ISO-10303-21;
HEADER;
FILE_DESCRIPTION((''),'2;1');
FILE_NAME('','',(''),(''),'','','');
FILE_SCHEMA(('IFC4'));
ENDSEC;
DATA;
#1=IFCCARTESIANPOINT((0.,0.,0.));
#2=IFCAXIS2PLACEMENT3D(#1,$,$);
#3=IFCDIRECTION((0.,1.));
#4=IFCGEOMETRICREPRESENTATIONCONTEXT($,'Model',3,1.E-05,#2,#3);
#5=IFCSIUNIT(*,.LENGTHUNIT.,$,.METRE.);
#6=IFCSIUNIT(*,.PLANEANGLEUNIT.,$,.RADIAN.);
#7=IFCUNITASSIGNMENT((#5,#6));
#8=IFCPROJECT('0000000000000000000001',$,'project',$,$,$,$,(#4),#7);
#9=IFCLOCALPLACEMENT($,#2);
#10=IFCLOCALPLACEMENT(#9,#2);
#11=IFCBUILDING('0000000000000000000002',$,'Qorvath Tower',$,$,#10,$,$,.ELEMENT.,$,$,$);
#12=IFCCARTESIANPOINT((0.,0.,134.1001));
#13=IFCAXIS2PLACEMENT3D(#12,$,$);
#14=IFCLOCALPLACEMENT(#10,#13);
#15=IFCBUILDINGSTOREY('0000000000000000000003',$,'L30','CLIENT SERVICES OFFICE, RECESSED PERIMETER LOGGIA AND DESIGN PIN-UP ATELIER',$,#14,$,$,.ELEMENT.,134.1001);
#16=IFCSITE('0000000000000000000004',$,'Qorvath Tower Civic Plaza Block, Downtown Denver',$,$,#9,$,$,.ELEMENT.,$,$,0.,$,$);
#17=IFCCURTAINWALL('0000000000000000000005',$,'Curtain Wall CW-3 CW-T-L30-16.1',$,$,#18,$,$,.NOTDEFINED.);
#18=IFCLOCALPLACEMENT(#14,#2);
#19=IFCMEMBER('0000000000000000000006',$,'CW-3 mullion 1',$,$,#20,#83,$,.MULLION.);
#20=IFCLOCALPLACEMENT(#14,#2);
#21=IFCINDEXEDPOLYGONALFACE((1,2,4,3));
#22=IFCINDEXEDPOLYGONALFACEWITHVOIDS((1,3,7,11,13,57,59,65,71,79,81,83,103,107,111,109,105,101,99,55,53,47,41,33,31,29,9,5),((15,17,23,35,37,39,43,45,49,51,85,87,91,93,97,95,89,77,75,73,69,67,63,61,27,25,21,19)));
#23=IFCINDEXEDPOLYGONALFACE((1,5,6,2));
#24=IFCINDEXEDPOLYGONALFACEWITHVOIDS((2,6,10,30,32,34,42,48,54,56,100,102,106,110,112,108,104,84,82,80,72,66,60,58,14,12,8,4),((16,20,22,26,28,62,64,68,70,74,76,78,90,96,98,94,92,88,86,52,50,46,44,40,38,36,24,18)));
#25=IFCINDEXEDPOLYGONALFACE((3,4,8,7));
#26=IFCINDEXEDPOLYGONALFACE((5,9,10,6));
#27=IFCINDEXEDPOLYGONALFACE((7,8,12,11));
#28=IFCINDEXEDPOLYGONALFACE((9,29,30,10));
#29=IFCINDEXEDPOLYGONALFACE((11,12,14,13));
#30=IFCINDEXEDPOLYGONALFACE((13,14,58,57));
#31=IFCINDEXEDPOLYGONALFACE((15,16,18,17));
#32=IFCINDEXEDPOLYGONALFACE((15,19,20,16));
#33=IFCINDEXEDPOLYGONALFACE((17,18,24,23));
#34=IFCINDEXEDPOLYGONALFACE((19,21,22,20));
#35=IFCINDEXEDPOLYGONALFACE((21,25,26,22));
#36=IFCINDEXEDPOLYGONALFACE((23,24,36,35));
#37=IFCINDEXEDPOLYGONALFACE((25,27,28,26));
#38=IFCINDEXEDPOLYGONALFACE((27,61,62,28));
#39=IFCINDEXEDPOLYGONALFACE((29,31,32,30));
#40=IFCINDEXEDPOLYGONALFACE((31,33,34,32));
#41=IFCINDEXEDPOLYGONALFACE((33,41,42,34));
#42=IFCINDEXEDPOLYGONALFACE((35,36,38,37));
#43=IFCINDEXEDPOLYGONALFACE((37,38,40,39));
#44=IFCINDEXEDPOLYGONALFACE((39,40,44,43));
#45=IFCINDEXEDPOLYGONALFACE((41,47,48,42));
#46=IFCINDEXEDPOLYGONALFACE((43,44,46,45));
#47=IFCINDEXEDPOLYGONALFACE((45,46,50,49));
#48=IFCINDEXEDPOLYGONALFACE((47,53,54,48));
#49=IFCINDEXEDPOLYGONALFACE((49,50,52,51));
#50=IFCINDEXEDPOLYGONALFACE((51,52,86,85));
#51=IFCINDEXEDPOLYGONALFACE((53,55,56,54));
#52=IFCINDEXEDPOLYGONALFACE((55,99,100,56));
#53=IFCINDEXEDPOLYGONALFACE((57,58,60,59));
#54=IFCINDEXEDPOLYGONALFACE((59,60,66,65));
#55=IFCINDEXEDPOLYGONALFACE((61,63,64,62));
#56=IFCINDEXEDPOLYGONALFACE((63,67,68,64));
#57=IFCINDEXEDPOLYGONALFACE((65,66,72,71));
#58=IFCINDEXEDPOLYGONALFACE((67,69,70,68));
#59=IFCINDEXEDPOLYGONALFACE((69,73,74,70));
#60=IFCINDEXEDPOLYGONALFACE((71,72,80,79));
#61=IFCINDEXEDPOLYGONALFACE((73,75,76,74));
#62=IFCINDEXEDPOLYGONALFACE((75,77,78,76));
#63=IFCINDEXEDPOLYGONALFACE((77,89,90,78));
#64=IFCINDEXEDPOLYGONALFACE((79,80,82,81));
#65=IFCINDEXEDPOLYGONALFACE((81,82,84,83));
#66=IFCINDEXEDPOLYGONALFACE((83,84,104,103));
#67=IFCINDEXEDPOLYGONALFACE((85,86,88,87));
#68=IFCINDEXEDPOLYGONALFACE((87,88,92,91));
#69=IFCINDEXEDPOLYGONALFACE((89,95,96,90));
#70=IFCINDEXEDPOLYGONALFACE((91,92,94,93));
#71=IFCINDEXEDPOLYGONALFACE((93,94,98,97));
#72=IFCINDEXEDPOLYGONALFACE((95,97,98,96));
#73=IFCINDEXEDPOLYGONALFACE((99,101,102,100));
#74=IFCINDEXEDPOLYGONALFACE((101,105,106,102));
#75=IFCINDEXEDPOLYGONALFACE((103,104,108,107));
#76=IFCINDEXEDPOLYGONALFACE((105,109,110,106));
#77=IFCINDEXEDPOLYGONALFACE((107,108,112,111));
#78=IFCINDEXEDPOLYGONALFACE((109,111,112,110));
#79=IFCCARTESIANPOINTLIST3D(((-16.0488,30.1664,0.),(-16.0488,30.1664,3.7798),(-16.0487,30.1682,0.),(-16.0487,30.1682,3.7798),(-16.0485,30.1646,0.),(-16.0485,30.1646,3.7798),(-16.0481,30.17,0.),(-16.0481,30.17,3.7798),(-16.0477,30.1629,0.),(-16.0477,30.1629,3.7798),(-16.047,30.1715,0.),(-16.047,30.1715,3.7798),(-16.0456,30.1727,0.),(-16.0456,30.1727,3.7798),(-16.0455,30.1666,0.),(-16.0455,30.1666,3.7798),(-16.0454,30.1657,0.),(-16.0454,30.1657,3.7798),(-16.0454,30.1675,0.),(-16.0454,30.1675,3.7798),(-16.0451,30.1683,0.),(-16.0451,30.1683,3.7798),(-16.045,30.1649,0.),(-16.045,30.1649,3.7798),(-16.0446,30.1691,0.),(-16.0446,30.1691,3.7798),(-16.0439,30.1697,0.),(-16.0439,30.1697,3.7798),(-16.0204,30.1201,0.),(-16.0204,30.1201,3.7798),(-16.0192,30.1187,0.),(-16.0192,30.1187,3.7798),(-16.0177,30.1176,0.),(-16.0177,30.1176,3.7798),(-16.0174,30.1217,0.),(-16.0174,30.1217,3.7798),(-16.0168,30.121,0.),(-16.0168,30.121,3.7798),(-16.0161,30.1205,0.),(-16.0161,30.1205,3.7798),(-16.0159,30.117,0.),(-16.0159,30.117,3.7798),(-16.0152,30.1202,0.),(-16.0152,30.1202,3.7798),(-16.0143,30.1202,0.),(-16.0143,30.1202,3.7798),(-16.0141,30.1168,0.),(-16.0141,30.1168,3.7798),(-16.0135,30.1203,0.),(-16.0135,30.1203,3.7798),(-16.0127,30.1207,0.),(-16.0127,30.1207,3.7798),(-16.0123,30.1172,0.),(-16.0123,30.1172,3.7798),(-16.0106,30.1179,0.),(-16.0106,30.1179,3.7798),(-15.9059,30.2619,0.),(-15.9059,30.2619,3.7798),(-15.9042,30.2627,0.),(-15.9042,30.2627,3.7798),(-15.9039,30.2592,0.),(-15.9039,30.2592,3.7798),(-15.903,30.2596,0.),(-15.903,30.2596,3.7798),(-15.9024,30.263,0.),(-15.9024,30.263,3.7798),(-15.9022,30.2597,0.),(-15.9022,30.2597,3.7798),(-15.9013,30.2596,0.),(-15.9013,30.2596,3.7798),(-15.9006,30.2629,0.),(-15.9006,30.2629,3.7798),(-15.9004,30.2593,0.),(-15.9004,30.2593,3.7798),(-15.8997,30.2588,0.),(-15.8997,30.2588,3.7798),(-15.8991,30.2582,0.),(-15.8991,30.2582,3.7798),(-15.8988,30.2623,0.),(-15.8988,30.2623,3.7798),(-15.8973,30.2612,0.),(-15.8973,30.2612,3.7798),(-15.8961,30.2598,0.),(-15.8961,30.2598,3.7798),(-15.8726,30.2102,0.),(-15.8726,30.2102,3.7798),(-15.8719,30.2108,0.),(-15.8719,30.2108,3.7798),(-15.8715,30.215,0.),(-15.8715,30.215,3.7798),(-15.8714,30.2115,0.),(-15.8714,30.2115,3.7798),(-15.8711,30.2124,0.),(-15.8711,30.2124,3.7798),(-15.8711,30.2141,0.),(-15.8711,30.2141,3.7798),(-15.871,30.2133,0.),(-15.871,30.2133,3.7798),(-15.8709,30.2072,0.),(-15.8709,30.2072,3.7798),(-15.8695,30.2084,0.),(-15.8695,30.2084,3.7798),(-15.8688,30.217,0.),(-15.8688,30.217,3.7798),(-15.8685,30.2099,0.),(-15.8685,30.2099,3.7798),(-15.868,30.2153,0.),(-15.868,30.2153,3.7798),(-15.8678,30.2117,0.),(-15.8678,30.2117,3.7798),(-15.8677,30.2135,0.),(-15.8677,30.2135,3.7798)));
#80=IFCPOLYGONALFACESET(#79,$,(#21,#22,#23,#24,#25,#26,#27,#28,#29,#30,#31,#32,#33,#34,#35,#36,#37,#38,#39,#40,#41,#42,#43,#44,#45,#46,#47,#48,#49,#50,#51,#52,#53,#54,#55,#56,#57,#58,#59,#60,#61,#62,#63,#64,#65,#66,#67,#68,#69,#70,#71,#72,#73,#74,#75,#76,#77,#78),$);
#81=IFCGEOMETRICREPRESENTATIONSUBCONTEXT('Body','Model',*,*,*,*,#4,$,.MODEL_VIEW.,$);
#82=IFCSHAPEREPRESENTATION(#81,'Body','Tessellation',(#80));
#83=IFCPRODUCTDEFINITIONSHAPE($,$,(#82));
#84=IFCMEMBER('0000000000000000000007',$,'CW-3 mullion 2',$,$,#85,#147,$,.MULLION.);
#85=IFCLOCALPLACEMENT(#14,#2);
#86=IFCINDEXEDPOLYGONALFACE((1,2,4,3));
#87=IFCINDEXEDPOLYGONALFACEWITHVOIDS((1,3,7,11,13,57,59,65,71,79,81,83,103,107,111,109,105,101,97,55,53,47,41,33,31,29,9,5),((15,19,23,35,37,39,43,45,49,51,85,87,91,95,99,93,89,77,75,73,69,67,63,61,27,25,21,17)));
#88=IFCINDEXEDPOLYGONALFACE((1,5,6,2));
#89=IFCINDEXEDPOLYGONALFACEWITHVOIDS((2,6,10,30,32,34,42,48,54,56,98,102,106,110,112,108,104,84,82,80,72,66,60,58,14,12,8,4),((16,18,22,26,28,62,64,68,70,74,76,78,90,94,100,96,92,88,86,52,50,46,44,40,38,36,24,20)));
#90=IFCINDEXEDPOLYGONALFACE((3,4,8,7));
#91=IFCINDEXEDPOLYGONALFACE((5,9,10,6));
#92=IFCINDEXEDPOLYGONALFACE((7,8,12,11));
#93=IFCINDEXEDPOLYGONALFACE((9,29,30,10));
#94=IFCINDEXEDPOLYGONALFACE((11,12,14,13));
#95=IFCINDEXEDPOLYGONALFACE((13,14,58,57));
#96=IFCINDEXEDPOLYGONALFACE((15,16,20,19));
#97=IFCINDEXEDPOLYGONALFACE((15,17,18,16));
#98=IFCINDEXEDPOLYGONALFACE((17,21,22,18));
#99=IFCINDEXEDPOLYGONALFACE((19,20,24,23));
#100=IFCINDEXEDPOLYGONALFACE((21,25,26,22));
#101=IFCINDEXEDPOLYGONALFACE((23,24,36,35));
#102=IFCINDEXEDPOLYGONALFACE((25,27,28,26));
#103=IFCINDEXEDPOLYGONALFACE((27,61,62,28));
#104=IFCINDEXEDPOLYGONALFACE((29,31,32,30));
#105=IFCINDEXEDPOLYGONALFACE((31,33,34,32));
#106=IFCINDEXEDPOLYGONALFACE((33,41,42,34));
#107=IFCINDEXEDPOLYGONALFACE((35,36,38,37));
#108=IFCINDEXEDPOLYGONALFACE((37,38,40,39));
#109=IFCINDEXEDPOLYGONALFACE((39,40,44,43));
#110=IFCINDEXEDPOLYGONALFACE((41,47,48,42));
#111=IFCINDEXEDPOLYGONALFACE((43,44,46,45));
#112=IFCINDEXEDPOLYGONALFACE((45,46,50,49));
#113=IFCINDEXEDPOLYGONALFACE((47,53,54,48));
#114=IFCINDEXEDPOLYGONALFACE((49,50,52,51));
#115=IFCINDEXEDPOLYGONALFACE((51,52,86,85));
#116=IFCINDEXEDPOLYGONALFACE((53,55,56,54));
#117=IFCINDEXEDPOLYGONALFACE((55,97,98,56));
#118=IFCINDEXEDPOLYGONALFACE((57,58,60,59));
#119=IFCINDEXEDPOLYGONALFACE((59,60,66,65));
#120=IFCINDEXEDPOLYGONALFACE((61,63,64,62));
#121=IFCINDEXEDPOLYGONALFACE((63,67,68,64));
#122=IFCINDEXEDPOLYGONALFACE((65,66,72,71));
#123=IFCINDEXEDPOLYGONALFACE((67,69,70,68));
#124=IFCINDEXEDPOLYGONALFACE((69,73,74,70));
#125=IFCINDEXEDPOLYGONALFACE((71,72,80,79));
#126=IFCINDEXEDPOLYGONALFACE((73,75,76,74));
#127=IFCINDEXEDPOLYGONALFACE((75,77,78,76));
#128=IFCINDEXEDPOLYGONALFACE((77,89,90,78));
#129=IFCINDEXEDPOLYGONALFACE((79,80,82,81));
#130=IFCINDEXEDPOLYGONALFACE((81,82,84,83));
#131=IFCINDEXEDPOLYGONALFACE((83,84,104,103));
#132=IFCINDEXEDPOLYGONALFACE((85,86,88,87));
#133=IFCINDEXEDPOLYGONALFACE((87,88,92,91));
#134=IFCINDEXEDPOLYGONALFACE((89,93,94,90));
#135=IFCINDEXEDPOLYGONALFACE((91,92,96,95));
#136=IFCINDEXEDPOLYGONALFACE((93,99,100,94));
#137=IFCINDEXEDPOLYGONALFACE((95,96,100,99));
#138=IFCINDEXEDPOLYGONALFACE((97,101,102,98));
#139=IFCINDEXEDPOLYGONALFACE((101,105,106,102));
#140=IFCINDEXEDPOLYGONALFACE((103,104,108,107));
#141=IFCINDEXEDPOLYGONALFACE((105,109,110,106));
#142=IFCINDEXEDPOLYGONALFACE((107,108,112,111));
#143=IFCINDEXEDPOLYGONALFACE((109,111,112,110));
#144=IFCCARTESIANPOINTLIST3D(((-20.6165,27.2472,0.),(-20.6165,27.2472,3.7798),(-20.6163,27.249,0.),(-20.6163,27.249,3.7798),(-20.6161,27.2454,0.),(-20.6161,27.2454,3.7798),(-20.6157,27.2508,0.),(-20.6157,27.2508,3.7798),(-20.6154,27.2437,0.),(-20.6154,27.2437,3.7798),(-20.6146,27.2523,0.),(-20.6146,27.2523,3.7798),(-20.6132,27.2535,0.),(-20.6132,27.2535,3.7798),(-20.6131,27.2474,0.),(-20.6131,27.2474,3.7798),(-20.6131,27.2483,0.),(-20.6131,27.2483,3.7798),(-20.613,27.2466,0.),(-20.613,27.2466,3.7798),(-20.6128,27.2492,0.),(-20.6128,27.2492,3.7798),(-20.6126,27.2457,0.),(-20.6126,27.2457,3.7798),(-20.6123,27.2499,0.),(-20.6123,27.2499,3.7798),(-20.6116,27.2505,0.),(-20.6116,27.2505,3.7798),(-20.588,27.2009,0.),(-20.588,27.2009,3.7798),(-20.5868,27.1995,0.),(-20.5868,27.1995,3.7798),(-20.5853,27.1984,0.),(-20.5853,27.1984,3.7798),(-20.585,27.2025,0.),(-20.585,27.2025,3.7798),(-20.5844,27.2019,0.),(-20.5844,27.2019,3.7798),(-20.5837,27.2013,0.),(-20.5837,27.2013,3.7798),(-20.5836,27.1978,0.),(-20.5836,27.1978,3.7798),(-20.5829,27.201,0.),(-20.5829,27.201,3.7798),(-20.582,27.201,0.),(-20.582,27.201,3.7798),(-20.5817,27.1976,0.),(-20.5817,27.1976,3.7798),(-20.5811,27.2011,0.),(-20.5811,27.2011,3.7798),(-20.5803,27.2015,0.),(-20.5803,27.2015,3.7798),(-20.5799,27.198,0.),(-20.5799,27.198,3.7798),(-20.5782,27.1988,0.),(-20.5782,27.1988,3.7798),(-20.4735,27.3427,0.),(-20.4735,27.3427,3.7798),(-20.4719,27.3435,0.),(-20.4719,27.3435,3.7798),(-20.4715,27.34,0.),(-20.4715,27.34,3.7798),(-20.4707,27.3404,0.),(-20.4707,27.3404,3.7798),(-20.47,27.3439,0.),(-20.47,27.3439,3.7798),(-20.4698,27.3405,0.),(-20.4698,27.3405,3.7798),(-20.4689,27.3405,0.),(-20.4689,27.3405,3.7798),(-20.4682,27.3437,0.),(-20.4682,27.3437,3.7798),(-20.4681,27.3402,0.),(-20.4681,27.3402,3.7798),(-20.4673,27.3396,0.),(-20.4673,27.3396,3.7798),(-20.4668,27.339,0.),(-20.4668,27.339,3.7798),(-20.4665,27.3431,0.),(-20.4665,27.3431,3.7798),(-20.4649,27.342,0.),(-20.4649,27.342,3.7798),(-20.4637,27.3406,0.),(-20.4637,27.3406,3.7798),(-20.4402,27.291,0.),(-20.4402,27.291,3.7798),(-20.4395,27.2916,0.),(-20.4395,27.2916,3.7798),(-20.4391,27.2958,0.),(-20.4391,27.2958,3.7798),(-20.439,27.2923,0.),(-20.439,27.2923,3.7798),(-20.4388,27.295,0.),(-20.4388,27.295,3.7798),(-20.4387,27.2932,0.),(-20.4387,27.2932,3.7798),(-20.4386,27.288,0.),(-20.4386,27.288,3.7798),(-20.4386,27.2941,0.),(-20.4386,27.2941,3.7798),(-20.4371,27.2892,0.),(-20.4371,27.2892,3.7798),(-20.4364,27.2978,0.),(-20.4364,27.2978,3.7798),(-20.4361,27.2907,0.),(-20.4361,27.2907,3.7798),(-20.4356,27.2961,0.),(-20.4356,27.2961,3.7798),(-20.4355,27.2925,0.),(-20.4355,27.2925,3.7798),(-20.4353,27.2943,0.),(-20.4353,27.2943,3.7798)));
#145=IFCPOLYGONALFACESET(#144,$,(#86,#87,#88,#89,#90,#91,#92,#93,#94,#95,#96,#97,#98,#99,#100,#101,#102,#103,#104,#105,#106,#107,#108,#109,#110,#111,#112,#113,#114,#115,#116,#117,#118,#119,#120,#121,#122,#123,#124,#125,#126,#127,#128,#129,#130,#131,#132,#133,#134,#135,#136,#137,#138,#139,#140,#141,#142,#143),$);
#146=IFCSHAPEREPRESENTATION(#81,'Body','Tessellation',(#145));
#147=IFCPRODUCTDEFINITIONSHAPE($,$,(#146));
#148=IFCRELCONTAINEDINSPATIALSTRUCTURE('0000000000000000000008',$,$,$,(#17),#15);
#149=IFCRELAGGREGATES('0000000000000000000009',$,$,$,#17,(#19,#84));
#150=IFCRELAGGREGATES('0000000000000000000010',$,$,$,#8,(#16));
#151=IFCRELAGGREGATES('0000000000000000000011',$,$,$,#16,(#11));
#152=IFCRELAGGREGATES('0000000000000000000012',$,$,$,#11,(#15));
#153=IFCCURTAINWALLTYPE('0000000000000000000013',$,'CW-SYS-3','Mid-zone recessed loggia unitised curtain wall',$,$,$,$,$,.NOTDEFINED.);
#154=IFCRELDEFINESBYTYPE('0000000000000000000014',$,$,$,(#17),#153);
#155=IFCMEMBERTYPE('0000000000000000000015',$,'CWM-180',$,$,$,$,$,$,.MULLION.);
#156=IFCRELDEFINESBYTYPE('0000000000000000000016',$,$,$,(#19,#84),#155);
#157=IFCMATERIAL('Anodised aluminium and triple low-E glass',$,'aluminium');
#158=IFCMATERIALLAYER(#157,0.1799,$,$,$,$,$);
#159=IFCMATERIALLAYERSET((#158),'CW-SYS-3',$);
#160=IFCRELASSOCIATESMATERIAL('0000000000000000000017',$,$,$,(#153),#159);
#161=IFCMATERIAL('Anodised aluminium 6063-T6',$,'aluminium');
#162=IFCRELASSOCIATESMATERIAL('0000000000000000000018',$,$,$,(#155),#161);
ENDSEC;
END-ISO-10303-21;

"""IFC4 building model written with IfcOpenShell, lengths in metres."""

from ifc_helpers import new_model, si_unit, direction, frame, origin, origin_2d, place, context, subcontext, project, spatial, hollow_rectangle, extrude, material, layer, layer_set, material_profile, profile_set, type_object, element, aggregate, save


model = new_model("IFC4")

# Units and contexts
model_context = context("Model", 3, precision=1e-05, world=origin(), true_north=direction((0.0, 1.0)))
body_context = subcontext(model_context, "Body", "Model", "MODEL_VIEW")
ifc_project = project(units=[si_unit("LENGTHUNIT", "METRE"), si_unit("PLANEANGLEUNIT", "RADIAN")], contexts=[model_context])

# Site, building, storey
site_placement = place(None, origin())
site = spatial("IfcSite", under=ifc_project, at=site_placement, Name="Qorvath Tower Civic Plaza Block, Downtown Denver", CompositionType="ELEMENT", RefElevation=0.0)
building_placement = place(site_placement, origin())
building = spatial("IfcBuilding", under=site, at=building_placement, Name="Qorvath Tower", CompositionType="ELEMENT")
storey_placement = place(building_placement, frame((0.0, 0.0, 134.1001)))
storey = spatial("IfcBuildingStorey", under=building, at=storey_placement, Name="L30", Description="CLIENT SERVICES OFFICE, RECESSED PERIMETER LOGGIA AND DESIGN PIN-UP ATELIER", CompositionType="ELEMENT", Elevation=134.1001)

# Shared definitions
ifc_material_1 = material(Name="Anodised aluminium and triple low-E glass", Category="aluminium")
ifc_layer_1 = layer(ifc_material_1, 0.1799)
ifc_layer_set_1 = layer_set([ifc_layer_1], Name="CW-SYS-3")
curtain_wall_type = type_object("IfcCurtainWallType", Name="CW-SYS-3", Description="Mid-zone recessed loggia unitised curtain wall", PredefinedType="NOTDEFINED", material=ifc_layer_set_1)
ifc_material_2 = material(Name="Anodised aluminium 6063-T6", Category="aluminium")
ifc_material_profile_1 = material_profile(ifc_material_2, hollow_rectangle(XDim=0.0649, YDim=0.1799, WallThickness=0.0034, InnerFilletRadius=0.0034, OuterFilletRadius=0.0071, at=origin_2d()), Name="CWM 180x65")
ifc_profile_set_1 = profile_set([ifc_material_profile_1], Name="Anodised aluminium 6063-T6")
member_type_1 = type_object("IfcMemberType", Name="CWM-180", PredefinedType="MULLION", material=ifc_profile_set_1)

# Curtain wall, members
curtain_wall_1_placement = place(storey_placement, origin())
curtain_wall_1 = element("IfcCurtainWall", 1, at=curtain_wall_1_placement, inside=storey, type_object=curtain_wall_type, Name="Curtain Wall CW-3 CW-T-L30-16.1", PredefinedType="NOTDEFINED")
member_1_placement = place(storey_placement, frame((-15.9583, 30.1899, 0.0), z_axis=(0.0, 0.0, 1.0), x_axis=(0.538534, -0.842604, 0.0)))
member_1 = element("IfcMember", 2, at=member_1_placement, type_object=member_type_1, Name="CW-3 mullion 1", PredefinedType="MULLION", context=body_context, shape_type="SweptSolid", body=[
    extrude(hollow_rectangle(XDim=0.0649, YDim=0.1799, WallThickness=0.0034, InnerFilletRadius=0.0034, OuterFilletRadius=0.0071, at=origin_2d()), origin(), (0.0, 0.0, 1.0), 3.7798),
])
member_2_placement = place(storey_placement, frame((-20.5259, 27.2708, 0.0), z_axis=(0.0, 0.0, 1.0), x_axis=(0.538534, -0.842604, 0.0)))
member_2 = element("IfcMember", 3, at=member_2_placement, type_object=member_type_1, Name="CW-3 mullion 2", PredefinedType="MULLION", context=body_context, shape_type="SweptSolid", body=[
    extrude(hollow_rectangle(XDim=0.0649, YDim=0.1799, WallThickness=0.0034, InnerFilletRadius=0.0034, OuterFilletRadius=0.0071, at=origin_2d()), origin(), (0.0, 0.0, 1.0), 3.7798),
])

aggregate(curtain_wall_1, [member_1, member_2])

save(model, "model.ifc")
